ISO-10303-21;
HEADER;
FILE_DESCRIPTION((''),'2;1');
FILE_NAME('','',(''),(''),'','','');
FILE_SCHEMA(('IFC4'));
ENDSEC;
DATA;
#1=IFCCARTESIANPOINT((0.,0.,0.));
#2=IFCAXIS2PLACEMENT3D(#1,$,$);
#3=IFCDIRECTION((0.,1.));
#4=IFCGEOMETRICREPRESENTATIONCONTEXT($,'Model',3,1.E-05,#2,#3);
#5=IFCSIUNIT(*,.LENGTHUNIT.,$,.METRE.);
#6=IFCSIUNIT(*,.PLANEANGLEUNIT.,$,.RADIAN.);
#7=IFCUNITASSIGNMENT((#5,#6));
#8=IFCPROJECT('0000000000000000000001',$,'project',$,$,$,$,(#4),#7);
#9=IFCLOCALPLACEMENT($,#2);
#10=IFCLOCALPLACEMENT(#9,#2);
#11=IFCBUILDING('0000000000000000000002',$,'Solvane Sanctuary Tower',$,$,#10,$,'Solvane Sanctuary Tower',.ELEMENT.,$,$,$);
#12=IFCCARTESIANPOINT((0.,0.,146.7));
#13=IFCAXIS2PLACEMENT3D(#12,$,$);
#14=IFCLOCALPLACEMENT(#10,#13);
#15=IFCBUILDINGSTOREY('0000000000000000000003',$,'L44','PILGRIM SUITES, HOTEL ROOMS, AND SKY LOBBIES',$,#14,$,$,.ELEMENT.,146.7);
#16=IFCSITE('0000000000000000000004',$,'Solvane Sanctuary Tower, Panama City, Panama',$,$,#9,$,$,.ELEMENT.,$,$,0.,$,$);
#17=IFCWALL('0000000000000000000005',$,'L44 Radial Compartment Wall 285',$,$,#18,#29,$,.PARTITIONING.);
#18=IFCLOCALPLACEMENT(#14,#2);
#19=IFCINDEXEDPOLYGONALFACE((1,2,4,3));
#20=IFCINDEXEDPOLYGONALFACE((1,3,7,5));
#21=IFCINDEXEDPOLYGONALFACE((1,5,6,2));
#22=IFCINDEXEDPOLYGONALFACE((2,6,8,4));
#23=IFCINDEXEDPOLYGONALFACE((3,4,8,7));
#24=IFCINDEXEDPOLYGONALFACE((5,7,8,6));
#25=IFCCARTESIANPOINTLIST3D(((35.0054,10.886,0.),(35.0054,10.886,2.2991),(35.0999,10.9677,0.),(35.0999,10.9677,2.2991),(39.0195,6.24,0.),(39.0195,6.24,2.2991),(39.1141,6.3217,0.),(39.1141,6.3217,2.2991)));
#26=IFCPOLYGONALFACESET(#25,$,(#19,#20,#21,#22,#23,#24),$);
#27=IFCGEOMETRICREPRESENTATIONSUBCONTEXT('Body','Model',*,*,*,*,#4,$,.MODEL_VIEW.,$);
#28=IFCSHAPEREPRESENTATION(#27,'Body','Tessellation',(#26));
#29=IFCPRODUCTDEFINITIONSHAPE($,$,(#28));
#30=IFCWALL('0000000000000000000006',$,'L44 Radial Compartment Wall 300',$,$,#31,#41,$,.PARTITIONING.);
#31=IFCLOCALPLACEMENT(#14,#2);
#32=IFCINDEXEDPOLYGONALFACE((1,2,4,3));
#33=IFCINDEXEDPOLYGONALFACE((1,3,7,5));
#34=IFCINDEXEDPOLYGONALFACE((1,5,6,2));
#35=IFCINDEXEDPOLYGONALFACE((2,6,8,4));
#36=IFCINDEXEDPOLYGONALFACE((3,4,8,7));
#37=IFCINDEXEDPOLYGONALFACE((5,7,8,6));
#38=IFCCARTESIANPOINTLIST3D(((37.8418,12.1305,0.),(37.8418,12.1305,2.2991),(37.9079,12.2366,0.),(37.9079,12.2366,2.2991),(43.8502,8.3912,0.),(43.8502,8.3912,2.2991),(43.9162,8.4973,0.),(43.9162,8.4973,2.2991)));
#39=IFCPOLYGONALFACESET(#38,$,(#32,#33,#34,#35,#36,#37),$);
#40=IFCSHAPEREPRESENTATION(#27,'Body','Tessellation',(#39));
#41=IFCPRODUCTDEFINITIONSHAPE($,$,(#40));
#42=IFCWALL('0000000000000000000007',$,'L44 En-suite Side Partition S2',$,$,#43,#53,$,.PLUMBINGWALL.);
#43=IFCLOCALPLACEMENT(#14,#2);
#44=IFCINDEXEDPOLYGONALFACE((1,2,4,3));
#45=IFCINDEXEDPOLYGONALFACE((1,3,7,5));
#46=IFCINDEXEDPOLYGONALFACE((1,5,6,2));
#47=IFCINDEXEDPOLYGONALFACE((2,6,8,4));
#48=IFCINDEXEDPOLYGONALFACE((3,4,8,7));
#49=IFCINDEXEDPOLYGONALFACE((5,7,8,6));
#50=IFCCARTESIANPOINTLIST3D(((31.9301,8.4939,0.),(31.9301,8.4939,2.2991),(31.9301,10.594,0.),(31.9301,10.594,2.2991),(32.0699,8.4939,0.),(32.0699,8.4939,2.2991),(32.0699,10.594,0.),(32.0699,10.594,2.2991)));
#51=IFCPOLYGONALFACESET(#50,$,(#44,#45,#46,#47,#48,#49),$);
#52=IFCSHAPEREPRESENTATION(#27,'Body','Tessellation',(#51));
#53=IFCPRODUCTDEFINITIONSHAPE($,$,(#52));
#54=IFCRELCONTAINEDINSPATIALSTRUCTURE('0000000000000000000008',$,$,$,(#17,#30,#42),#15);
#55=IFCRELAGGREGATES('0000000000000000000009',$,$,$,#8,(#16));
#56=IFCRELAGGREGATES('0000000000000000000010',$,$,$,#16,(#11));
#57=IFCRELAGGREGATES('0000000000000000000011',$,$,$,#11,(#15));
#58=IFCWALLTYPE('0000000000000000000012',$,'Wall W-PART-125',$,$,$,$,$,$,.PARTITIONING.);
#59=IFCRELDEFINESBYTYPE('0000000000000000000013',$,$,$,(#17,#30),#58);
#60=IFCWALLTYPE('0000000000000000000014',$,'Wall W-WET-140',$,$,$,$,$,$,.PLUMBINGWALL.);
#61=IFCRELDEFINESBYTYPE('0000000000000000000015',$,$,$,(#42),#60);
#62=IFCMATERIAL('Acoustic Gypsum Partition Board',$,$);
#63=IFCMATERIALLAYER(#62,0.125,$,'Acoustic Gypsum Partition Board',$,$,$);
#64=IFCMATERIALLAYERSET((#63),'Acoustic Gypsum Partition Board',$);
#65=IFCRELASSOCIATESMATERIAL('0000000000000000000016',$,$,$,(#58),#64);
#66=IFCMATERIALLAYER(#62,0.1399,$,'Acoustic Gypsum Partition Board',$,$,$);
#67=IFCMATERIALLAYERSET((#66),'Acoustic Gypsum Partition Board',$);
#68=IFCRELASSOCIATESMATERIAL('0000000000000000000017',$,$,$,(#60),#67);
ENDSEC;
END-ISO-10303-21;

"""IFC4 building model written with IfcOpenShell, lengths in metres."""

from ifc_helpers import new_model, si_unit, direction, frame, frame_2d, origin, place, context, subcontext, project, spatial, rectangle, extrude, material, layer, layer_set, type_object, element, save


model = new_model("IFC4")

# Units and contexts
model_context = context("Model", 3, precision=1e-05, world=origin(), true_north=direction((0.0, 1.0)))
body_context = subcontext(model_context, "Body", "Model", "MODEL_VIEW")
ifc_project = project(units=[si_unit("LENGTHUNIT", "METRE"), si_unit("PLANEANGLEUNIT", "RADIAN")], contexts=[model_context])

# Site, building, storey
site_placement = place(None, origin())
site = spatial("IfcSite", under=ifc_project, at=site_placement, Name="Solvane Sanctuary Tower, Panama City, Panama", CompositionType="ELEMENT", RefElevation=0.0)
building_placement = place(site_placement, origin())
building = spatial("IfcBuilding", under=site, at=building_placement, Name="Solvane Sanctuary Tower", LongName="Solvane Sanctuary Tower", CompositionType="ELEMENT")
storey_placement = place(building_placement, frame((0.0, 0.0, 146.7)))
storey = spatial("IfcBuildingStorey", under=building, at=storey_placement, Name="L44", Description="PILGRIM SUITES, HOTEL ROOMS, AND SKY LOBBIES", CompositionType="ELEMENT", Elevation=146.7)

# Shared definitions
ifc_material_1 = material(Name="Acoustic Gypsum Partition Board")

# Walls
ifc_layer_1 = layer(ifc_material_1, 0.125, Name="Acoustic Gypsum Partition Board")
ifc_layer_set_1 = layer_set([ifc_layer_1], Name="Acoustic Gypsum Partition Board")
wall_type_1 = type_object("IfcWallType", Name="Wall W-PART-125", PredefinedType="PARTITIONING", material=ifc_layer_set_1)
for number, where, z_axis, x_axis, name in (
    (1, (35.0527, 10.9268, 0.0), (0.0, 0.0, 1.0), (0.653779, -0.756685, 0.0), "L44 Radial Compartment Wall 285"),
):
    element("IfcWall", number, at=place(storey_placement, frame(where, z_axis=z_axis, x_axis=x_axis)), inside=storey, type_object=wall_type_1, Name=name, PredefinedType="PARTITIONING", context=body_context, shape_type="SweptSolid", body=[
        extrude(rectangle(XDim=6.1399, YDim=0.125, at=frame_2d((3.0698, 0.0))), origin(), (0.0, 0.0, 1.0), 2.2991),
    ])
wall_1_placement = place(storey_placement, frame((37.8748, 12.1836, 0.0), z_axis=(0.0, 0.0, 1.0), x_axis=(0.849008, -0.528379, 0.0)))
element("IfcWall", 2, at=wall_1_placement, inside=storey, type_object=wall_type_1, Name="L44 Radial Compartment Wall 300", PredefinedType="PARTITIONING", context=body_context, shape_type="SweptSolid", body=[
    extrude(rectangle(XDim=7.0769, YDim=0.125, at=frame_2d((3.5386, 0.0))), origin(), (0.0, 0.0, 1.0), 2.2991),
])
ifc_layer_2 = layer(ifc_material_1, 0.1399, Name="Acoustic Gypsum Partition Board")
ifc_layer_set_2 = layer_set([ifc_layer_2], Name="Acoustic Gypsum Partition Board")
wall_type_2 = type_object("IfcWallType", Name="Wall W-WET-140", PredefinedType="PLUMBINGWALL", material=ifc_layer_set_2)
wall_2_placement = place(storey_placement, frame((32.0, 10.594, 0.0), z_axis=(0.0, 0.0, 1.0), x_axis=(0.0, -1.0, 0.0)))
element("IfcWall", 3, at=wall_2_placement, inside=storey, type_object=wall_type_2, Name="L44 En-suite Side Partition S2", PredefinedType="PLUMBINGWALL", context=body_context, shape_type="SweptSolid", body=[
    extrude(rectangle(XDim=2.1001, YDim=0.1399, at=frame_2d((1.05, 0.0))), origin(), (0.0, 0.0, 1.0), 2.2991),
])

save(model, "model.ifc")
